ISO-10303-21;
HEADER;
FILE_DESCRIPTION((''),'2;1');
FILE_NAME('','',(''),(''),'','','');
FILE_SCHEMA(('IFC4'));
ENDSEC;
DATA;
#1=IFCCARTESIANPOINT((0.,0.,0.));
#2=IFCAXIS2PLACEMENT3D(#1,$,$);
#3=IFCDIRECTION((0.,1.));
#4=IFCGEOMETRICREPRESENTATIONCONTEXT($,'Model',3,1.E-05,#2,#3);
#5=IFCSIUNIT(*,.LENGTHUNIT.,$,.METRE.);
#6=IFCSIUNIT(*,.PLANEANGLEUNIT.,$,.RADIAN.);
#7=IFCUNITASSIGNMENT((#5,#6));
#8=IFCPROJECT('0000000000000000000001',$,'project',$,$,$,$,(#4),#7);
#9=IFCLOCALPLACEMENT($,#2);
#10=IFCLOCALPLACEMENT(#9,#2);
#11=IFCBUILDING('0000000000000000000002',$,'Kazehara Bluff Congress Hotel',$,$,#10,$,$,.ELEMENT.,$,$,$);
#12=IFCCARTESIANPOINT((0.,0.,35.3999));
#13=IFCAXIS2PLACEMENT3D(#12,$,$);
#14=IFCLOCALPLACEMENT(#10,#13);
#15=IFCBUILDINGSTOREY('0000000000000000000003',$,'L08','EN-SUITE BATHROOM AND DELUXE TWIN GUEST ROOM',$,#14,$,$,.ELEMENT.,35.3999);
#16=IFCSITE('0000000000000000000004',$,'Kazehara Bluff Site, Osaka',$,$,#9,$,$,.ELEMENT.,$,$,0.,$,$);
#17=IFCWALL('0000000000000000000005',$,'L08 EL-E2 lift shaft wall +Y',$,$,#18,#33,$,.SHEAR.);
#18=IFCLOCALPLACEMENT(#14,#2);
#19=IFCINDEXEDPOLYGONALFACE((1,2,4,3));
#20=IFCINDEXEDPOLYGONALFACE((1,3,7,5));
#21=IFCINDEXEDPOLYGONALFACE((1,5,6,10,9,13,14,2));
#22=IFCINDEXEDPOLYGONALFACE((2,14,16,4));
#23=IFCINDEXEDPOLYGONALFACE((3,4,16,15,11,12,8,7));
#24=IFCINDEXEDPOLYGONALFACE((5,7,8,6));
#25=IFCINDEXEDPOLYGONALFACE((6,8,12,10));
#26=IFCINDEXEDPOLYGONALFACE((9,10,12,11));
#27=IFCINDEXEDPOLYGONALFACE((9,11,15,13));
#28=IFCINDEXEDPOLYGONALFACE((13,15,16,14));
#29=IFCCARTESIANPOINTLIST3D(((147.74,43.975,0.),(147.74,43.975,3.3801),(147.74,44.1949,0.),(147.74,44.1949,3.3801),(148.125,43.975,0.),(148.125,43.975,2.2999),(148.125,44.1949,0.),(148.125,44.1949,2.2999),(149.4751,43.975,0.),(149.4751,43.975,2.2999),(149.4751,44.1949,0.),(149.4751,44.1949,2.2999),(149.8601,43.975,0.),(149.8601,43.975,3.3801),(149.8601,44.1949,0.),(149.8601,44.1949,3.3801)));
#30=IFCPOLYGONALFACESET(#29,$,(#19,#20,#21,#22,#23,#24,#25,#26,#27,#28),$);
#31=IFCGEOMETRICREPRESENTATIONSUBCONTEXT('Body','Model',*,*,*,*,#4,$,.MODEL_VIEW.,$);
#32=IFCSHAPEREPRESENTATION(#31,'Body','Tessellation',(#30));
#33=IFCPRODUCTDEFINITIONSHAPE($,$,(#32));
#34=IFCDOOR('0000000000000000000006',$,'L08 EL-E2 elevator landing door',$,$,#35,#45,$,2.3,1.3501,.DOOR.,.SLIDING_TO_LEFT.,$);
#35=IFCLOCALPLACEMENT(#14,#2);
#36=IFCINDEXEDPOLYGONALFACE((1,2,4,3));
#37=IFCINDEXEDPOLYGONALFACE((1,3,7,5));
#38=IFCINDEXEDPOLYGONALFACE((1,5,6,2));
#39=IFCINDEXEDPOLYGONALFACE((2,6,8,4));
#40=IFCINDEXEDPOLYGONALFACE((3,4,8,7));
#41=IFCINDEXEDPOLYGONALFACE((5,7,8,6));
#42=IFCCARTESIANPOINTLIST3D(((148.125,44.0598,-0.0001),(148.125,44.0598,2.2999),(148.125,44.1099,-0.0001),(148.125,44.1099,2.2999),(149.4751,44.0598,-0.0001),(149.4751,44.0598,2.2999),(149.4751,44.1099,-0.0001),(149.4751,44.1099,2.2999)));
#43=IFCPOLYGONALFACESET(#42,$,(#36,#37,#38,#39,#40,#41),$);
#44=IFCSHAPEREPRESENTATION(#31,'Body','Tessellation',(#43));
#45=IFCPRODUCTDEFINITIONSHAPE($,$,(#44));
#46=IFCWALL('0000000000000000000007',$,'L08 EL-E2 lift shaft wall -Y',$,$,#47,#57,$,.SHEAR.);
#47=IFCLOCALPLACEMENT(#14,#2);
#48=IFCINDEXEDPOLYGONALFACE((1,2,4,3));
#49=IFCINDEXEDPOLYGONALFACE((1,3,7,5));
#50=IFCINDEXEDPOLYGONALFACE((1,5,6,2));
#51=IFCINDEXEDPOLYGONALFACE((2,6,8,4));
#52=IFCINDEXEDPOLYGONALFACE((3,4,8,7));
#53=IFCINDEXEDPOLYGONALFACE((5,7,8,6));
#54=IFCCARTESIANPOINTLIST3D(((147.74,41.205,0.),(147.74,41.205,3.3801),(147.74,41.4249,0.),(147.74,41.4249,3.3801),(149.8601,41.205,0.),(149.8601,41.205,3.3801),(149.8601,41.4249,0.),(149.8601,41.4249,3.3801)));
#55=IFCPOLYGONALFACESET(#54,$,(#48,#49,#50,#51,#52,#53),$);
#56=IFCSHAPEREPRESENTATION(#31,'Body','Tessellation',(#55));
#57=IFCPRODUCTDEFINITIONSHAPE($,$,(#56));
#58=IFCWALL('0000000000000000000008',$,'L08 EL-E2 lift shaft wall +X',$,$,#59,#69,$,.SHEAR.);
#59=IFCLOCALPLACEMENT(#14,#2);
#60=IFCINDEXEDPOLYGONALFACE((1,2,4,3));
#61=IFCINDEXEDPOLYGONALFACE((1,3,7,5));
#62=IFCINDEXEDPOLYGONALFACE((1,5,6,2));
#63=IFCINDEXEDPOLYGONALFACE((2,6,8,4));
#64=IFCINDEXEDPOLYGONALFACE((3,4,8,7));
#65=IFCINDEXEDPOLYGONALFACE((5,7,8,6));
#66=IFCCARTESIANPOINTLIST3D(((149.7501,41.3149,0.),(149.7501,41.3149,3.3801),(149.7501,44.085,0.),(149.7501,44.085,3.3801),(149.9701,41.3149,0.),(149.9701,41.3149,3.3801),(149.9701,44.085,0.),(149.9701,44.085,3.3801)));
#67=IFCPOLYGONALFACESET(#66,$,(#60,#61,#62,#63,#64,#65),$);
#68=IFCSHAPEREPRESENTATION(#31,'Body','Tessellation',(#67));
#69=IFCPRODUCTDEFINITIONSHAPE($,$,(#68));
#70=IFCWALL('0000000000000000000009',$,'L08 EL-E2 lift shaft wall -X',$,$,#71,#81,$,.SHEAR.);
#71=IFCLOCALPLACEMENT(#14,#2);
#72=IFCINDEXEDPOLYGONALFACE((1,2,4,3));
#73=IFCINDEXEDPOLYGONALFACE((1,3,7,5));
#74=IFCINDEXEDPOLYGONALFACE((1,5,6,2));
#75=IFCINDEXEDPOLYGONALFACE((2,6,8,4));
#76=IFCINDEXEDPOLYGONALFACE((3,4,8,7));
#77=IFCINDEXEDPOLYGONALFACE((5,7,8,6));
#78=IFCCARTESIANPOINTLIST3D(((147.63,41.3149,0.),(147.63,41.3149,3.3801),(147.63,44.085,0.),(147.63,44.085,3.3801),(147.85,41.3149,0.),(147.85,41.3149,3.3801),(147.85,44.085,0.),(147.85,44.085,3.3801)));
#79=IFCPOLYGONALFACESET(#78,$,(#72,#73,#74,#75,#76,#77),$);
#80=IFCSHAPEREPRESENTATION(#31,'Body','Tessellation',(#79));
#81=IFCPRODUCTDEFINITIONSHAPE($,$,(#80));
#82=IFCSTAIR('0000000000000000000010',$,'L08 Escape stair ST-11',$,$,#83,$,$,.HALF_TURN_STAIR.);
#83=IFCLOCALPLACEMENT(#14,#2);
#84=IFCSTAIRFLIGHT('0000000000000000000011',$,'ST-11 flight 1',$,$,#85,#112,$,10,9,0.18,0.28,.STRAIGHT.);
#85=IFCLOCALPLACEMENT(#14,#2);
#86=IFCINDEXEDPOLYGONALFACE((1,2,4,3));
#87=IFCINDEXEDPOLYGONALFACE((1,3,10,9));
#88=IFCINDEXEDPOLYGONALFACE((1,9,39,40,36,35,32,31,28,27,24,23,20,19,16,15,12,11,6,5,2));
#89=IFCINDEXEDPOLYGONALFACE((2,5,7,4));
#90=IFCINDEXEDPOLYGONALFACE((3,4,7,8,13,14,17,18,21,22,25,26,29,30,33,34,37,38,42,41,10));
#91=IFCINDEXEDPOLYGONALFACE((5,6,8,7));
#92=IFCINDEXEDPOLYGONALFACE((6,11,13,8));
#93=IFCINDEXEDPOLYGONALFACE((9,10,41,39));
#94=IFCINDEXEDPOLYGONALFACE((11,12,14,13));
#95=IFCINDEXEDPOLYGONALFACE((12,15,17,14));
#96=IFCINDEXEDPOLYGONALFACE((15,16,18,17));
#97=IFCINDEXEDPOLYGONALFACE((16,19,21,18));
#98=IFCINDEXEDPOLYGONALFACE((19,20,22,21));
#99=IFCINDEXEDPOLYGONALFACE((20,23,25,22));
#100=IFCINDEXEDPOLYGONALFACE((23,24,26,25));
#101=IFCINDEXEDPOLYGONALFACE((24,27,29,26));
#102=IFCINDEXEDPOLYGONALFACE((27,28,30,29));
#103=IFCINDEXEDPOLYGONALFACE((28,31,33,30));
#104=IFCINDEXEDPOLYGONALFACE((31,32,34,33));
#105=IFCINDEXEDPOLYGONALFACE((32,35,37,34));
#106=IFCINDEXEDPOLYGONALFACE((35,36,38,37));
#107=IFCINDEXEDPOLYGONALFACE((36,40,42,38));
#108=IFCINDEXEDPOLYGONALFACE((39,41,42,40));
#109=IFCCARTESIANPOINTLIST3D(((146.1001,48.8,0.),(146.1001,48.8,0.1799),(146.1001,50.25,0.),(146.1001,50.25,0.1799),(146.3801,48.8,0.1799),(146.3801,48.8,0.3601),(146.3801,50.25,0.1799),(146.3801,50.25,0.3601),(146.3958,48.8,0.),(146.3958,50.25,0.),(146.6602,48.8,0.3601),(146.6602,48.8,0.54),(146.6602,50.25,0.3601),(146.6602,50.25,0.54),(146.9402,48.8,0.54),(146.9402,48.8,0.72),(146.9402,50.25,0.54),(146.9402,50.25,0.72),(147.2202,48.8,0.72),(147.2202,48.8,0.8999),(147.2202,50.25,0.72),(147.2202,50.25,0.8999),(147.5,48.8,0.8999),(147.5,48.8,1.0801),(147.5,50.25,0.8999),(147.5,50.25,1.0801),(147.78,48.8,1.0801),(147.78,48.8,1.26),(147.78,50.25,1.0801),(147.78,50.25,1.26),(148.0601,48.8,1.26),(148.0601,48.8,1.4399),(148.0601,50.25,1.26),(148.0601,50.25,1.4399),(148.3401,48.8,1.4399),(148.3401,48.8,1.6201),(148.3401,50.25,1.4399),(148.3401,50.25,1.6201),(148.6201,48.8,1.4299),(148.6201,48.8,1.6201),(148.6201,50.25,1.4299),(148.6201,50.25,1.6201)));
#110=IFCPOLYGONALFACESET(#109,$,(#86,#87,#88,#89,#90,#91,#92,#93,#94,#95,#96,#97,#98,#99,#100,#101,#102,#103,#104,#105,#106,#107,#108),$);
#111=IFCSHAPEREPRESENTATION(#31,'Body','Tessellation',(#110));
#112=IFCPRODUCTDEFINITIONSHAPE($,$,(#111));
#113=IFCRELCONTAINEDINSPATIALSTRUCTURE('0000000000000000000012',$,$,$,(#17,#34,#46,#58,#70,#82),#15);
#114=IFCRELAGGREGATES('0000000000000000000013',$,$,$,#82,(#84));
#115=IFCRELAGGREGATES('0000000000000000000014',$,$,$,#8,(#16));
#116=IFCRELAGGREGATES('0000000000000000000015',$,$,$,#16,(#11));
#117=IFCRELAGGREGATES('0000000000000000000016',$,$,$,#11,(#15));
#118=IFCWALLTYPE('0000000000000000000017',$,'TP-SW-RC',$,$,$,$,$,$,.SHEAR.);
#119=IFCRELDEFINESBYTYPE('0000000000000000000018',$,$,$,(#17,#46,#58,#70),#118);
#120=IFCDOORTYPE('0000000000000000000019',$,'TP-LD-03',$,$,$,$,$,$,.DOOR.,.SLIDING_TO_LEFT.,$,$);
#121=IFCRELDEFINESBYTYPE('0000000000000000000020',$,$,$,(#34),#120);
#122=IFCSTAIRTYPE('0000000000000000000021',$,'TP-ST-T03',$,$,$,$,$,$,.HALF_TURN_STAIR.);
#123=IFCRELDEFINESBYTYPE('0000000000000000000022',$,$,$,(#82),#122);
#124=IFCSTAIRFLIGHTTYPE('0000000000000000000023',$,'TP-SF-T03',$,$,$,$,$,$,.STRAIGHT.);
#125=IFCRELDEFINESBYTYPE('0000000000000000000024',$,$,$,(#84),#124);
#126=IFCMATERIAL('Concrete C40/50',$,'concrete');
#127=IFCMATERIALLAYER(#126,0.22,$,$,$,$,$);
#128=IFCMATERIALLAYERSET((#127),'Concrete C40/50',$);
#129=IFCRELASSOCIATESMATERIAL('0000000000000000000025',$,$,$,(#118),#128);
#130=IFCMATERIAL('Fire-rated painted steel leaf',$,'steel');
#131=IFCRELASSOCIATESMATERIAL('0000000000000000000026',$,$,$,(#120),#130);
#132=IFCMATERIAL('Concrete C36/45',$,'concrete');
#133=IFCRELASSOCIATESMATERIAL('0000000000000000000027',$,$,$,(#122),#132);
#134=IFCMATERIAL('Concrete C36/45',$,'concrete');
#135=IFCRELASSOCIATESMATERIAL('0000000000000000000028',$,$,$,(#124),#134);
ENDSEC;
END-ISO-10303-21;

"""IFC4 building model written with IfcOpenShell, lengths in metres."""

from ifc_helpers import new_model, si_unit, direction, frame, frame_2d, origin, place, context, subcontext, project, spatial, polyline, rectangle, outline, extrude, material, layer, layer_set, type_object, element, fill, aggregate, save


model = new_model("IFC4")

# Units and contexts
model_context = context("Model", 3, precision=1e-05, world=origin(), true_north=direction((0.0, 1.0)))
body_context = subcontext(model_context, "Body", "Model", "MODEL_VIEW")
ifc_project = project(units=[si_unit("LENGTHUNIT", "METRE"), si_unit("PLANEANGLEUNIT", "RADIAN")], contexts=[model_context])

# Site, building, storey
site_placement = place(None, origin())
site = spatial("IfcSite", under=ifc_project, at=site_placement, Name="Kazehara Bluff Site, Osaka", CompositionType="ELEMENT", RefElevation=0.0)
building_placement = place(site_placement, origin())
building = spatial("IfcBuilding", under=site, at=building_placement, Name="Kazehara Bluff Congress Hotel", CompositionType="ELEMENT")
storey_placement = place(building_placement, frame((0.0, 0.0, 35.3999)))
storey = spatial("IfcBuildingStorey", under=building, at=storey_placement, Name="L08", Description="EN-SUITE BATHROOM AND DELUXE TWIN GUEST ROOM", CompositionType="ELEMENT", Elevation=35.3999)

# Shared definitions
ifc_material_1 = material(Name="Concrete C40/50", Category="concrete")
ifc_layer_1 = layer(ifc_material_1, 0.22)
ifc_layer_set_1 = layer_set([ifc_layer_1], Name="Concrete C40/50")
wall_type_1 = type_object("IfcWallType", Name="TP-SW-RC", PredefinedType="SHEAR", material=ifc_layer_set_1)
ifc_material_2 = material(Name="Fire-rated painted steel leaf", Category="steel")
door_type_1 = type_object("IfcDoorType", Name="TP-LD-03", OperationType="SLIDING_TO_LEFT", PredefinedType="DOOR", material=ifc_material_2)

# Wall, opening, door
wall_1_placement = place(storey_placement, frame((147.74, 44.085, 0.0), z_axis=(0.0, 0.0, 1.0), x_axis=(1.0, 0.0, 0.0)))
wall_1 = element("IfcWall", 1, at=wall_1_placement, inside=storey, type_object=wall_type_1, Name="L08 EL-E2 lift shaft wall +Y", PredefinedType="SHEAR", context=body_context, shape_type="SweptSolid", body=[
    extrude(rectangle(XDim=2.1201, YDim=0.22, at=frame_2d((1.0601, 0.0))), origin(), (0.0, 0.0, 1.0), 3.3801),
])
opening_1_placement = place(wall_1_placement, frame((0.385, 0.0, 0.0)))
opening_1 = element("IfcOpeningElement", 2, at=opening_1_placement, cuts=wall_1, PredefinedType="OPENING", context=body_context, shape_type="SweptSolid", body=[
    extrude(rectangle(XDim=1.3501, YDim=2.3, at=frame_2d((0.675, 1.1499))), frame((0.0, 0.1199, 0.0), z_axis=(0.0, -1.0, 0.0), x_axis=(1.0, 0.0, 0.0)), (0.0, 0.0, 1.0), 0.24),
])
door_1_placement = place(opening_1_placement, origin())
door_1 = element("IfcDoor", 3, at=door_1_placement, inside=storey, type_object=door_type_1, Name="L08 EL-E2 elevator landing door", OperationType="SLIDING_TO_LEFT", OverallHeight=2.3, OverallWidth=1.3501, PredefinedType="DOOR", context=body_context, shape_type="SweptSolid", body=[
    extrude(rectangle(XDim=1.3501, YDim=2.3, at=frame_2d((0.675, 1.1499))), frame((0.0, 0.0249, 0.0), z_axis=(0.0, -1.0, 0.0), x_axis=(1.0, 0.0, 0.0)), (0.0, 0.0, 1.0), 0.05),
])
fill(opening_1, door_1)

# Walls
wall_2_placement = place(storey_placement, frame((147.74, 41.3149, 0.0), z_axis=(0.0, 0.0, 1.0), x_axis=(1.0, 0.0, 0.0)))
element("IfcWall", 4, at=wall_2_placement, inside=storey, type_object=wall_type_1, Name="L08 EL-E2 lift shaft wall -Y", PredefinedType="SHEAR", context=body_context, shape_type="SweptSolid", body=[
    extrude(rectangle(XDim=2.1201, YDim=0.22, at=frame_2d((1.0601, 0.0))), origin(), (0.0, 0.0, 1.0), 3.3801),
])
for number, where, z_axis, x_axis, name in (
    (5, (149.8601, 41.3149, 0.0), (0.0, 0.0, 1.0), (0.0, 1.0, 0.0), "L08 EL-E2 lift shaft wall +X"),
    (6, (147.74, 41.3149, 0.0), (0.0, 0.0, 1.0), (0.0, 1.0, 0.0), "L08 EL-E2 lift shaft wall -X"),
):
    element("IfcWall", number, at=place(storey_placement, frame(where, z_axis=z_axis, x_axis=x_axis)), inside=storey, type_object=wall_type_1, Name=name, PredefinedType="SHEAR", context=body_context, shape_type="SweptSolid", body=[
        extrude(rectangle(XDim=2.77, YDim=0.22, at=frame_2d((1.385, 0.0))), origin(), (0.0, 0.0, 1.0), 3.3801),
    ])

# Stair, stair flight
ifc_material_3 = material(Name="Concrete C36/45", Category="concrete")
stair_type = type_object("IfcStairType", Name="TP-ST-T03", PredefinedType="HALF_TURN_STAIR", material=ifc_material_3)
stair_placement = place(storey_placement, origin())
stair = element("IfcStair", 7, at=stair_placement, inside=storey, type_object=stair_type, Name="L08 Escape stair ST-11", PredefinedType="HALF_TURN_STAIR")
ifc_material_4 = material(Name="Concrete C36/45", Category="concrete")
stair_flight_type = type_object("IfcStairFlightType", Name="TP-SF-T03", PredefinedType="STRAIGHT", material=ifc_material_4)
stair_flight_placement = place(storey_placement, frame((146.1001, 49.5249, 0.0), z_axis=(0.0, 0.0, 1.0), x_axis=(1.0, 0.0, 0.0)))
stair_flight = element("IfcStairFlight", 8, at=stair_flight_placement, type_object=stair_flight_type, Name="ST-11 flight 1", NumberOfRisers=10, NumberOfTreads=9, PredefinedType="STRAIGHT", RiserHeight=0.18, TreadLength=0.28, context=body_context, shape_type="SweptSolid", body=[
    extrude(outline(polyline([(0.0, 0.0), (0.0, 0.1799), (0.28, 0.1799), (0.28, 0.3601), (0.5601, 0.3601), (0.5601, 0.54), (0.8401, 0.54), (0.8401, 0.72), (1.1201, 0.72), (1.1201, 0.8999), (1.3999, 0.8999), (1.3999, 1.0801), (1.6799, 1.0801), (1.6799, 1.26), (1.96, 1.26), (1.96, 1.4399), (2.24, 1.4399), (2.24, 1.6201), (2.52, 1.6201), (2.52, 1.8), (2.52, 1.4299), (0.2957, 0.0), (0.0, 0.0)])), frame((0.0, 0.7251, 0.0), z_axis=(0.0, -1.0, 0.0), x_axis=(1.0, 0.0, 0.0)), (0.0, 0.0, 1.0), 1.45),
])
aggregate(stair, [stair_flight])

save(model, "model.ifc")
